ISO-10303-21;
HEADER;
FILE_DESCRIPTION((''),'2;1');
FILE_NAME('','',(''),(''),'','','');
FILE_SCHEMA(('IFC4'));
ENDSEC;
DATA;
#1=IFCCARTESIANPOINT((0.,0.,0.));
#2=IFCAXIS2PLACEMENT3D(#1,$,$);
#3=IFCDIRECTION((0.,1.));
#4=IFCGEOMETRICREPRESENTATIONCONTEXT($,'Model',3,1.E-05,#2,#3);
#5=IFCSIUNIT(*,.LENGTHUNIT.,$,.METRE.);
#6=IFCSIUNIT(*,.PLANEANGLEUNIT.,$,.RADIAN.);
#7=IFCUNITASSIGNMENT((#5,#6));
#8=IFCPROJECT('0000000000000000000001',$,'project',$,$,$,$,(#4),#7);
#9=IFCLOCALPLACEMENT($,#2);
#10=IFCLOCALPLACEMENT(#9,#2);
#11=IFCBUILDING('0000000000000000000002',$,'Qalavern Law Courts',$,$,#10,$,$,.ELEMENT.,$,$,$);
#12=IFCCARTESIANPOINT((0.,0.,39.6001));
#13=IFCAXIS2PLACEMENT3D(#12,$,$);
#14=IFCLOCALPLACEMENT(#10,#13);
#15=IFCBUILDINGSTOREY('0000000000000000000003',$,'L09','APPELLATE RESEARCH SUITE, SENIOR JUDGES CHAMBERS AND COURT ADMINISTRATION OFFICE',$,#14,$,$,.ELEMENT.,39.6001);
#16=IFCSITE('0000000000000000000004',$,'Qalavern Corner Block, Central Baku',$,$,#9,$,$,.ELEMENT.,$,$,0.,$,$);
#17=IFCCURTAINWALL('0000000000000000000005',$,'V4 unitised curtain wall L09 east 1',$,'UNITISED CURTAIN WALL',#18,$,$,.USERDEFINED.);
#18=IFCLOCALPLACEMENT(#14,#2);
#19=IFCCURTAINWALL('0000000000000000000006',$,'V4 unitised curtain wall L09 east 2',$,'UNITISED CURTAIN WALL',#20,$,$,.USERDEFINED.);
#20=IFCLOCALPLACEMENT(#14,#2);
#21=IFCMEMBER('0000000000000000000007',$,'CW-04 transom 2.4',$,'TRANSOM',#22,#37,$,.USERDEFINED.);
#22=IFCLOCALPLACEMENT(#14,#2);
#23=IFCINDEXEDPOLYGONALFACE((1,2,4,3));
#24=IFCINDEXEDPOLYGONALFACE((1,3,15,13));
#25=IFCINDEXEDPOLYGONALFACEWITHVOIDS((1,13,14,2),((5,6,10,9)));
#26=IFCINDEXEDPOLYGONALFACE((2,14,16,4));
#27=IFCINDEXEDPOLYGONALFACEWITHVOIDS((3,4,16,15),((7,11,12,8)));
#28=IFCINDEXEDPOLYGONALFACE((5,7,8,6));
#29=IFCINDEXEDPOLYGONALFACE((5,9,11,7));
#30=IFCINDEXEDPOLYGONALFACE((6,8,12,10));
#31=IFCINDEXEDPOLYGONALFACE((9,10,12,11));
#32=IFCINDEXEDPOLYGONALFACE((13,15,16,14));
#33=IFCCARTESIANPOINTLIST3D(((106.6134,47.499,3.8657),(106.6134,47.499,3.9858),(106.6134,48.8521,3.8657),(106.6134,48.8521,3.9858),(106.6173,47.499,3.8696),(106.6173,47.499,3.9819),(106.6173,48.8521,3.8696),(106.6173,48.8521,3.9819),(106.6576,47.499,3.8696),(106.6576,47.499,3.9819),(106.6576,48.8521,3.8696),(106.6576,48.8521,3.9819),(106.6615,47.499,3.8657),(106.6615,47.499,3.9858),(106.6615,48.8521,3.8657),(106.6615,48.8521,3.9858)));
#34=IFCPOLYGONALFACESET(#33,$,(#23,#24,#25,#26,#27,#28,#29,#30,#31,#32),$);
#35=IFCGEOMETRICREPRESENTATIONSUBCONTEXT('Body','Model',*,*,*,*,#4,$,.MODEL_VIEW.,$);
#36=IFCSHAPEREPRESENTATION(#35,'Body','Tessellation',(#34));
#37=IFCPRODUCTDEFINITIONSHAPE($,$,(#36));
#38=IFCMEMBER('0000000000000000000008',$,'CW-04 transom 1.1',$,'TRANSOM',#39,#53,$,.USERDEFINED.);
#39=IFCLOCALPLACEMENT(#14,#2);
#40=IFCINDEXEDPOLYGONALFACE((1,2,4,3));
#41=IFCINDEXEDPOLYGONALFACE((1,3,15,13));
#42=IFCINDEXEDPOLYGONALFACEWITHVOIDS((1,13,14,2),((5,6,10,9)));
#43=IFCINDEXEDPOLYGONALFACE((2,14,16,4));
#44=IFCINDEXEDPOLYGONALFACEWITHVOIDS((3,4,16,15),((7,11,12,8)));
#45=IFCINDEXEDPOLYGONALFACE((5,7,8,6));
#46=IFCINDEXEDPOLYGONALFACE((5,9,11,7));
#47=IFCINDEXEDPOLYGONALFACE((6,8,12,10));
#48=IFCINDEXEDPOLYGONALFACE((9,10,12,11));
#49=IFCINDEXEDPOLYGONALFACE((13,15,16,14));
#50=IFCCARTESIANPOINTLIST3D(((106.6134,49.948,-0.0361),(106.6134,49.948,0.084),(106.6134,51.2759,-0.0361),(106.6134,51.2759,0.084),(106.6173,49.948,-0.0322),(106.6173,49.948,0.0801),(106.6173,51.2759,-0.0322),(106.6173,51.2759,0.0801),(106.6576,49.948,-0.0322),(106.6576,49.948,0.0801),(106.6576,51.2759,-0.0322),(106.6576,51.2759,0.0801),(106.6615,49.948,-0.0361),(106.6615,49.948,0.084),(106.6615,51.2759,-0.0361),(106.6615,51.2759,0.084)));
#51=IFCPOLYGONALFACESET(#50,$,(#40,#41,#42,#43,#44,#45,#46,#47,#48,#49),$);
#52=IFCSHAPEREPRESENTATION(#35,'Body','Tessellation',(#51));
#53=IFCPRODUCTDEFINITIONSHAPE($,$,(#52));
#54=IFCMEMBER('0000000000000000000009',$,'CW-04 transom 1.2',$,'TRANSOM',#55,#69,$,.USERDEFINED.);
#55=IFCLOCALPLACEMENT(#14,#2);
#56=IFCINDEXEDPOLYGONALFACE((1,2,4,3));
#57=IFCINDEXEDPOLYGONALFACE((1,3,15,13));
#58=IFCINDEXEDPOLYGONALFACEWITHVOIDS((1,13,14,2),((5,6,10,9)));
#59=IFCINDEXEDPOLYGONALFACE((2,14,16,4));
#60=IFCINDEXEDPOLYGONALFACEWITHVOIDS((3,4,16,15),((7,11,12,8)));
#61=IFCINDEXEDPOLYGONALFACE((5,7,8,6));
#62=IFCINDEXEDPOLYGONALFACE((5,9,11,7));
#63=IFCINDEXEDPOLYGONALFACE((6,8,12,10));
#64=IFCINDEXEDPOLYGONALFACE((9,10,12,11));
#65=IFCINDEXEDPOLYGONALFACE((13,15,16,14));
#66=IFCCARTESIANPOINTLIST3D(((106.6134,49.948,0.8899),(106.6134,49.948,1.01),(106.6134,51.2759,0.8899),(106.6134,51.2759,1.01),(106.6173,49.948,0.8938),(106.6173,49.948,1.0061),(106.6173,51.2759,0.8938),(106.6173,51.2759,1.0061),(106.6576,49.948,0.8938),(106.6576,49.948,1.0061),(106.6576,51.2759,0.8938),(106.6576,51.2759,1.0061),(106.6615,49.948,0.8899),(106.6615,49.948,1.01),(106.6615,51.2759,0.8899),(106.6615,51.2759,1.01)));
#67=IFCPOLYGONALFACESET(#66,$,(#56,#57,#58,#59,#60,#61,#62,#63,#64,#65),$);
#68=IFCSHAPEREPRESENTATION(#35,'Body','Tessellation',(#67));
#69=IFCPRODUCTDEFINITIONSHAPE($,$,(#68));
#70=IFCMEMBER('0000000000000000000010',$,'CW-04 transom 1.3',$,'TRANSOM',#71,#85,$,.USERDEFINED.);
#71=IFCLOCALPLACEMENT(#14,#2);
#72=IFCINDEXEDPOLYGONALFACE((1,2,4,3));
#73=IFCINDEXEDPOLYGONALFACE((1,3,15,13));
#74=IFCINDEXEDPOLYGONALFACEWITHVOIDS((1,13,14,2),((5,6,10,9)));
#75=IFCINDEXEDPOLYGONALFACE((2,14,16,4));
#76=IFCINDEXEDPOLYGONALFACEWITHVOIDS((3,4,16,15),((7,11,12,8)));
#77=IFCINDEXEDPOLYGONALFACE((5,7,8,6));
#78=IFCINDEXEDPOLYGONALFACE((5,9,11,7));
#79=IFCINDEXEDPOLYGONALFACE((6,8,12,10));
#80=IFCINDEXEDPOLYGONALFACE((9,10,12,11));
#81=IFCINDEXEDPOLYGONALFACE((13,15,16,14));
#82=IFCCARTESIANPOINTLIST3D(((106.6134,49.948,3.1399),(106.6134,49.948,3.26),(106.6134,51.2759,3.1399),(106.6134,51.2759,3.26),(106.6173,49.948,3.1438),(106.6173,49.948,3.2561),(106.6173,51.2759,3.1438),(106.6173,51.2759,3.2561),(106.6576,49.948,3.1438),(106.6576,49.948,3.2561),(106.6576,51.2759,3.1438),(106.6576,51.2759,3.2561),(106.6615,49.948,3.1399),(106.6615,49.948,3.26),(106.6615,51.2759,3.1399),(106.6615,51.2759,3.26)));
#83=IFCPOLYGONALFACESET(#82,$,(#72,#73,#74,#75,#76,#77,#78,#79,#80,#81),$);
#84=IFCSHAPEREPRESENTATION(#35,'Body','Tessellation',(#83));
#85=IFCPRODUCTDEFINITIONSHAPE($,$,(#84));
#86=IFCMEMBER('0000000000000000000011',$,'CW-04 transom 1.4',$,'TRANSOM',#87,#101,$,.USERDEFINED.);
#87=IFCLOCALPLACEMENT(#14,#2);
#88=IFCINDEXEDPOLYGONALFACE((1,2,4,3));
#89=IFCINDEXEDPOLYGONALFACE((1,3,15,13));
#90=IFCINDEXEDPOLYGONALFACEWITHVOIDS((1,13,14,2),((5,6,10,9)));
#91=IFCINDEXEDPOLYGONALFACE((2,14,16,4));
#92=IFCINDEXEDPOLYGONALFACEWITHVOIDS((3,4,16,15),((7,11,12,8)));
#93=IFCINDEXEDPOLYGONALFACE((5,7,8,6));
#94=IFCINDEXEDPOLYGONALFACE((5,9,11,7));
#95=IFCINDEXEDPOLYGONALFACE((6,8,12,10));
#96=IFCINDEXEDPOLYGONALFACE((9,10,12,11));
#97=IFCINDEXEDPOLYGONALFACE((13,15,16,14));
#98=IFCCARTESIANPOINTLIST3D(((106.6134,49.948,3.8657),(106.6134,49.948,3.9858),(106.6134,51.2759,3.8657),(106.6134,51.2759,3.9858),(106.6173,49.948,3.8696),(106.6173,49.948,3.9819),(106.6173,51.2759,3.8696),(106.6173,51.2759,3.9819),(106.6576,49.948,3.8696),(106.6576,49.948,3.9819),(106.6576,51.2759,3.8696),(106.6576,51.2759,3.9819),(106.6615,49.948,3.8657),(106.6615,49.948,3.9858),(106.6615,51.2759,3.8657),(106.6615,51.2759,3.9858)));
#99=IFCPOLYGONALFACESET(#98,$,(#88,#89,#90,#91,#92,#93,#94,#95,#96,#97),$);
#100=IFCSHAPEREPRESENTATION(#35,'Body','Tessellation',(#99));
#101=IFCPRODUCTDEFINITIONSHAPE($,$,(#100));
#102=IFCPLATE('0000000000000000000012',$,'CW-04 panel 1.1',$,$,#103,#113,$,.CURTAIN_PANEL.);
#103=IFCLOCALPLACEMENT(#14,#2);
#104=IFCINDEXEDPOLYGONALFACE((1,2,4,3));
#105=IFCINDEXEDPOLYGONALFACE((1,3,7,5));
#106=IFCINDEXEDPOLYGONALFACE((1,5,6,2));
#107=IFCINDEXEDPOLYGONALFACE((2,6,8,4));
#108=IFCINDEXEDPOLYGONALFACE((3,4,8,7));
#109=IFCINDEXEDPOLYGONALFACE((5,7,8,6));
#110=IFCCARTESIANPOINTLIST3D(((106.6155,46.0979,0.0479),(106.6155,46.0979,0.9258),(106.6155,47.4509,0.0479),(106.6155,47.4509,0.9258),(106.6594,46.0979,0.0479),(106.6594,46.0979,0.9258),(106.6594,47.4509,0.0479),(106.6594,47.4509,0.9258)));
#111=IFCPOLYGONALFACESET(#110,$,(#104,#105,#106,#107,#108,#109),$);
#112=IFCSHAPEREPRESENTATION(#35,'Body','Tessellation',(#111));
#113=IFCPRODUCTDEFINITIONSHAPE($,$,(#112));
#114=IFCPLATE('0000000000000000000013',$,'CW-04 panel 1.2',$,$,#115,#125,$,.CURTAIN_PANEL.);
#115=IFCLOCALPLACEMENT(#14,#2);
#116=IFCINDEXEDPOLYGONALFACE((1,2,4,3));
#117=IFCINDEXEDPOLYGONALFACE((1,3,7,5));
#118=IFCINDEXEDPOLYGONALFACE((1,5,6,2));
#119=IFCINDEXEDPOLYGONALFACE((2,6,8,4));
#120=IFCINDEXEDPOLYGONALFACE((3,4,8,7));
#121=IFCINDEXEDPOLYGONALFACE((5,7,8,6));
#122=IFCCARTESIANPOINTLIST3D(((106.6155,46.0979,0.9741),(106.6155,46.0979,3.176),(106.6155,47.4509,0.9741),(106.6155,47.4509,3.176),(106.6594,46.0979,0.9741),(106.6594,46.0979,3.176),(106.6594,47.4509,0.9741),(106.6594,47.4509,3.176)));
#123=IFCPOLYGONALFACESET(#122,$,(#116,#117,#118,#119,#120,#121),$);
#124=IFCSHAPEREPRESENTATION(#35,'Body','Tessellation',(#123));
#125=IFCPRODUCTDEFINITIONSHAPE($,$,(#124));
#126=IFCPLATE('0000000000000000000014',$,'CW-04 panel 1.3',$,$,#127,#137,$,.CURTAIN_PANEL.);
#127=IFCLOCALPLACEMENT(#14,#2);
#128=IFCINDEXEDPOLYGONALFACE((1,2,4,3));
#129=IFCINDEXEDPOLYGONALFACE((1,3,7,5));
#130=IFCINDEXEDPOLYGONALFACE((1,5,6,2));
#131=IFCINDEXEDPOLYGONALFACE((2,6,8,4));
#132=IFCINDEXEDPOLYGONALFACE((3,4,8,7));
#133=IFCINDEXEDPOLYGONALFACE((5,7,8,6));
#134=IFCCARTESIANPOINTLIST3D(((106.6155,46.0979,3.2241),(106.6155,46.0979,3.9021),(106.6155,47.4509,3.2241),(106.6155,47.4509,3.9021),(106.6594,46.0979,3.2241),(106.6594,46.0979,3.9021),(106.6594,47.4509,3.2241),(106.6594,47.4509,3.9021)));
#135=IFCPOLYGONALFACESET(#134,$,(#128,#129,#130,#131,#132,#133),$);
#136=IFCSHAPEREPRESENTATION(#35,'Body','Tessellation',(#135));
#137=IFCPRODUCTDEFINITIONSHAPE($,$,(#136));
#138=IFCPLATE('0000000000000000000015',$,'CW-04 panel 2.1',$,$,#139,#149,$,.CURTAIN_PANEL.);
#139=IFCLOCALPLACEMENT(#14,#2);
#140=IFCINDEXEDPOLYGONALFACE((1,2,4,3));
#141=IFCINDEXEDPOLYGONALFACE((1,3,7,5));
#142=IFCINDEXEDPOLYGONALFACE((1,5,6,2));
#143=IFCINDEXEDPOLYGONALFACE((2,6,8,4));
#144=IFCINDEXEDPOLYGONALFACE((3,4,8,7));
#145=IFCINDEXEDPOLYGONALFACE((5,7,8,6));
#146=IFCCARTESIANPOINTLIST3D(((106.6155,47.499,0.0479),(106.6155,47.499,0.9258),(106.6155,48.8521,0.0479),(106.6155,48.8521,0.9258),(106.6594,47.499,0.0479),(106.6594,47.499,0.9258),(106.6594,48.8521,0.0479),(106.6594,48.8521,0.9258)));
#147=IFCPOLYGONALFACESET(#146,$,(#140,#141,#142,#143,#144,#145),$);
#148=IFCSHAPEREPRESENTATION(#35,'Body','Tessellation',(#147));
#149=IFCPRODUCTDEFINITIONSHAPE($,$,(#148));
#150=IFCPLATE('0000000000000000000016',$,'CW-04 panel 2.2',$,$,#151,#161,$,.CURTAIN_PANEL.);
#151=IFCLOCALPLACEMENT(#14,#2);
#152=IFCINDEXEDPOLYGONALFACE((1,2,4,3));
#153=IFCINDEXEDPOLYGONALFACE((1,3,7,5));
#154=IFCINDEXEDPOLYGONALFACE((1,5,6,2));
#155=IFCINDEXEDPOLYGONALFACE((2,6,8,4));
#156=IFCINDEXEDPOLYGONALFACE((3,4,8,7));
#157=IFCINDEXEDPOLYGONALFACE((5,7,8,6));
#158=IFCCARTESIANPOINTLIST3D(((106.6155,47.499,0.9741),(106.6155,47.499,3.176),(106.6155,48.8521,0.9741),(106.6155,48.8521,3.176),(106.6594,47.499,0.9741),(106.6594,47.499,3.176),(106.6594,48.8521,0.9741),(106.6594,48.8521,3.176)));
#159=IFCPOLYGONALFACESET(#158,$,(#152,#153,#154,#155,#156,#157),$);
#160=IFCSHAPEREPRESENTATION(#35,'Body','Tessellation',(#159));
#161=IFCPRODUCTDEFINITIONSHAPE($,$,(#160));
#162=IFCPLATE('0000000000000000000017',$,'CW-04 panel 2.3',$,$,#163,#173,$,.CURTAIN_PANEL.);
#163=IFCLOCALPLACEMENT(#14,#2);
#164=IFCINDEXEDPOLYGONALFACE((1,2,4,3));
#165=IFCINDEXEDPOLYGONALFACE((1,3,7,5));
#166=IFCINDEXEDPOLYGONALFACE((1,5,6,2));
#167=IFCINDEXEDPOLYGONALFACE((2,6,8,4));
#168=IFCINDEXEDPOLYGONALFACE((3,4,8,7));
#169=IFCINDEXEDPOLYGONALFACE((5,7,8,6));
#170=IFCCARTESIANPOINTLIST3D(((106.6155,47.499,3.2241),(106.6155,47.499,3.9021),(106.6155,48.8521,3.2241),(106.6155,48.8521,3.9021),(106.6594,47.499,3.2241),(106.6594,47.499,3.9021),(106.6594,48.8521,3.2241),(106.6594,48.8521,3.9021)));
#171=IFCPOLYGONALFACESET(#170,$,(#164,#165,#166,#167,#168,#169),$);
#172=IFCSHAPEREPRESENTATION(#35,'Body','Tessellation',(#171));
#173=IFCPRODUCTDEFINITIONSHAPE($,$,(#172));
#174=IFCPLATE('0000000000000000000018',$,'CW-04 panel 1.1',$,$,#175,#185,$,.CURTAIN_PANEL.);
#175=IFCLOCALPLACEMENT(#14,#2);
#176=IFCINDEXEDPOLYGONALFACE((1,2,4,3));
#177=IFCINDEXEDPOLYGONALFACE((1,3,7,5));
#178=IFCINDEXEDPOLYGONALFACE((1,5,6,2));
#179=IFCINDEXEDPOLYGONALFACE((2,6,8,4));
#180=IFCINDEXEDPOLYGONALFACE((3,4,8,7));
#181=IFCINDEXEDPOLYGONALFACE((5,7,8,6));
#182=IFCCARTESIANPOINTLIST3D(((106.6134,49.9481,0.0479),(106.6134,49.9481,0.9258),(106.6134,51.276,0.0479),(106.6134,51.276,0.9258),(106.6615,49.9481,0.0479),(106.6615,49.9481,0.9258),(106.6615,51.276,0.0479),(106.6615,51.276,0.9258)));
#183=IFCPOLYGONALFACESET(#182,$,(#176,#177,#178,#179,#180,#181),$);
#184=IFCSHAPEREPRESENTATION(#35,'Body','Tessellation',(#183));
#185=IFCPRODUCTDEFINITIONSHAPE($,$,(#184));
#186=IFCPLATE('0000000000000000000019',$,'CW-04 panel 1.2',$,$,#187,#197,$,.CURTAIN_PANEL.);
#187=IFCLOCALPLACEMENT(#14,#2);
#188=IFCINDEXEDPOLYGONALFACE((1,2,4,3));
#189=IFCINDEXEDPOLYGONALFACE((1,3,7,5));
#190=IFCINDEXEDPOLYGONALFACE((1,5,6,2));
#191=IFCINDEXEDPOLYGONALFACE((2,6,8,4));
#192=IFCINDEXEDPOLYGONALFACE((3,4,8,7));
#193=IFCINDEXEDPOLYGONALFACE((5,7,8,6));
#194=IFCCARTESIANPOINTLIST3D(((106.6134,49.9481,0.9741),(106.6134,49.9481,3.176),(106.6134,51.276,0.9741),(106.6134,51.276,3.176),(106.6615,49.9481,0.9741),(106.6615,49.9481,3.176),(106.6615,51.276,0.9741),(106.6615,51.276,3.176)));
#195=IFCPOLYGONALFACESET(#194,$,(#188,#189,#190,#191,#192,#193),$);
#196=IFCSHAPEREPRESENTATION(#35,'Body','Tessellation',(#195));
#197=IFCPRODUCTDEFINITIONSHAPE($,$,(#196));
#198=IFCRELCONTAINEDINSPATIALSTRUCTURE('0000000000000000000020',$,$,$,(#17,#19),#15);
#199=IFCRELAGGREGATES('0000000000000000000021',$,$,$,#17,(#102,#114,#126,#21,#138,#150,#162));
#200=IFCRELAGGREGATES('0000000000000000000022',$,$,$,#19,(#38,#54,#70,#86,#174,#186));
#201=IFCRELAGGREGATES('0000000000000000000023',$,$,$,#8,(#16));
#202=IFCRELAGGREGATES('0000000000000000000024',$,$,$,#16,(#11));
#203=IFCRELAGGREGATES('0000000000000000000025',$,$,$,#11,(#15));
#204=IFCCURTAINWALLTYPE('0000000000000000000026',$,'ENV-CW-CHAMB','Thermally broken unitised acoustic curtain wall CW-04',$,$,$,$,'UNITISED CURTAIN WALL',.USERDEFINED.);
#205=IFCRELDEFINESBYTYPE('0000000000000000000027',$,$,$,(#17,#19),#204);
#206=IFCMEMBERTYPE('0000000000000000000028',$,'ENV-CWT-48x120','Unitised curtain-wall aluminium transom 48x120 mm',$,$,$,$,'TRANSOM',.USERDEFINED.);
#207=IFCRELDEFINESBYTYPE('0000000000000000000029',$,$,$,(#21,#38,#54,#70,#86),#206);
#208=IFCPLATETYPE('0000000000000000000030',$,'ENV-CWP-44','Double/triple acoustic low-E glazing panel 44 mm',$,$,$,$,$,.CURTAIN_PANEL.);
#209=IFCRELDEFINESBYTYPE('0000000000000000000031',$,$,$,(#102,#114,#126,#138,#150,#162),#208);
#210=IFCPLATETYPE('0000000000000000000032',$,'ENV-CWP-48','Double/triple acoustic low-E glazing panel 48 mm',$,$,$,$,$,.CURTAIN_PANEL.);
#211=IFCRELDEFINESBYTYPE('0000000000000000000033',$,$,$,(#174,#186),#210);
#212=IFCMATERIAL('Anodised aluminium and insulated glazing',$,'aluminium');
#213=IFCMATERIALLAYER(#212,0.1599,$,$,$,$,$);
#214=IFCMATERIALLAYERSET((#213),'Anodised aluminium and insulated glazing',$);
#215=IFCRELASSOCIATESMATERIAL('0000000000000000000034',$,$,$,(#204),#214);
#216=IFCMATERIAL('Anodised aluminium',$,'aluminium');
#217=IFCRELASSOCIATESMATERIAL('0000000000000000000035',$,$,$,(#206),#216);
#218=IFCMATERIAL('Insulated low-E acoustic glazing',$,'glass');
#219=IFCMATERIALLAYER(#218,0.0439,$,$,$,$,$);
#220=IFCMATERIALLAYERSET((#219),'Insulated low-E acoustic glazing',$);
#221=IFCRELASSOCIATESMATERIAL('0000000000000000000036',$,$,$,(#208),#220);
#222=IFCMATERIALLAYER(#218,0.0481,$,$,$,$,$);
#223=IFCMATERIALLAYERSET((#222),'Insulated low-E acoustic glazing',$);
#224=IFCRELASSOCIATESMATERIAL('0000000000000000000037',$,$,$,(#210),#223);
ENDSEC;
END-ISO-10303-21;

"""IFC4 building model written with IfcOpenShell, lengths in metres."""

from ifc_helpers import new_model, si_unit, direction, frame, origin, origin_2d, place, context, subcontext, project, spatial, rectangle, hollow_rectangle, extrude, material, layer, layer_set, material_profile, profile_set, type_object, element, aggregate, save


model = new_model("IFC4")

# Units and contexts
model_context = context("Model", 3, precision=1e-05, world=origin(), true_north=direction((0.0, 1.0)))
body_context = subcontext(model_context, "Body", "Model", "MODEL_VIEW")
ifc_project = project(units=[si_unit("LENGTHUNIT", "METRE"), si_unit("PLANEANGLEUNIT", "RADIAN")], contexts=[model_context])

# Site, building, storey
site_placement = place(None, origin())
site = spatial("IfcSite", under=ifc_project, at=site_placement, Name="Qalavern Corner Block, Central Baku", CompositionType="ELEMENT", RefElevation=0.0)
building_placement = place(site_placement, origin())
building = spatial("IfcBuilding", under=site, at=building_placement, Name="Qalavern Law Courts", CompositionType="ELEMENT")
storey_placement = place(building_placement, frame((0.0, 0.0, 39.6001)))
storey = spatial("IfcBuildingStorey", under=building, at=storey_placement, Name="L09", Description="APPELLATE RESEARCH SUITE, SENIOR JUDGES CHAMBERS AND COURT ADMINISTRATION OFFICE", CompositionType="ELEMENT", Elevation=39.6001)

# Curtain wall
ifc_material_1 = material(Name="Anodised aluminium and insulated glazing", Category="aluminium")
ifc_layer_1 = layer(ifc_material_1, 0.1599)
ifc_layer_set_1 = layer_set([ifc_layer_1], Name="Anodised aluminium and insulated glazing")
curtain_wall_type = type_object("IfcCurtainWallType", Name="ENV-CW-CHAMB", Description="Thermally broken unitised acoustic curtain wall CW-04", ElementType="UNITISED CURTAIN WALL", PredefinedType="USERDEFINED", material=ifc_layer_set_1)
curtain_wall_1_placement = place(storey_placement, origin())
curtain_wall_1 = element("IfcCurtainWall", 1, at=curtain_wall_1_placement, inside=storey, type_object=curtain_wall_type, Name="V4 unitised curtain wall L09 east 1", ObjectType="UNITISED CURTAIN WALL", PredefinedType="USERDEFINED")
ifc_material_2 = material(Name="Anodised aluminium", Category="aluminium")

# Curtain wall
curtain_wall_2_placement = place(storey_placement, origin())
curtain_wall_2 = element("IfcCurtainWall", 2, at=curtain_wall_2_placement, inside=storey, type_object=curtain_wall_type, Name="V4 unitised curtain wall L09 east 2", ObjectType="UNITISED CURTAIN WALL", PredefinedType="USERDEFINED")

# Members
ifc_material_profile_1 = material_profile(ifc_material_2, hollow_rectangle(XDim=0.0481, YDim=0.1201, WallThickness=0.0039, at=origin_2d()), Name="ALU TRANSOM 48x120")
ifc_profile_set_1 = profile_set([ifc_material_profile_1], Name="Anodised aluminium")
member_type_1 = type_object("IfcMemberType", Name="ENV-CWT-48x120", Description="Unitised curtain-wall aluminium transom 48x120 mm", ElementType="TRANSOM", PredefinedType="USERDEFINED", material=ifc_profile_set_1)
member_1_placement = place(storey_placement, frame((106.6375, 47.499, 3.9258), z_axis=(0.0, 1.0, 0.0), x_axis=(-1.0, 0.0, 0.0)))
member_1 = element("IfcMember", 3, at=member_1_placement, type_object=member_type_1, Name="CW-04 transom 2.4", ObjectType="TRANSOM", PredefinedType="USERDEFINED", context=body_context, shape_type="SweptSolid", body=[
    extrude(hollow_rectangle(XDim=0.0481, YDim=0.1201, WallThickness=0.0039, at=origin_2d()), origin(), (0.0, 0.0, 1.0), 1.353),
])
member_2_placement = place(storey_placement, frame((106.6375, 49.948, 0.0239), z_axis=(0.0, 1.0, 0.0), x_axis=(-1.0, 0.0, 0.0)))
member_2 = element("IfcMember", 4, at=member_2_placement, type_object=member_type_1, Name="CW-04 transom 1.1", ObjectType="TRANSOM", PredefinedType="USERDEFINED", context=body_context, shape_type="SweptSolid", body=[
    extrude(hollow_rectangle(XDim=0.0481, YDim=0.1201, WallThickness=0.0039, at=origin_2d()), origin(), (0.0, 0.0, 1.0), 1.3279),
])
member_3_placement = place(storey_placement, frame((106.6375, 49.948, 0.95), z_axis=(0.0, 1.0, 0.0), x_axis=(-1.0, 0.0, 0.0)))
member_3 = element("IfcMember", 5, at=member_3_placement, type_object=member_type_1, Name="CW-04 transom 1.2", ObjectType="TRANSOM", PredefinedType="USERDEFINED", context=body_context, shape_type="SweptSolid", body=[
    extrude(hollow_rectangle(XDim=0.0481, YDim=0.1201, WallThickness=0.0039, at=origin_2d()), origin(), (0.0, 0.0, 1.0), 1.3279),
])
member_4_placement = place(storey_placement, frame((106.6375, 49.948, 3.2), z_axis=(0.0, 1.0, 0.0), x_axis=(-1.0, 0.0, 0.0)))
member_4 = element("IfcMember", 6, at=member_4_placement, type_object=member_type_1, Name="CW-04 transom 1.3", ObjectType="TRANSOM", PredefinedType="USERDEFINED", context=body_context, shape_type="SweptSolid", body=[
    extrude(hollow_rectangle(XDim=0.0481, YDim=0.1201, WallThickness=0.0039, at=origin_2d()), origin(), (0.0, 0.0, 1.0), 1.3279),
])
member_5_placement = place(storey_placement, frame((106.6375, 49.948, 3.9258), z_axis=(0.0, 1.0, 0.0), x_axis=(-1.0, 0.0, 0.0)))
member_5 = element("IfcMember", 7, at=member_5_placement, type_object=member_type_1, Name="CW-04 transom 1.4", ObjectType="TRANSOM", PredefinedType="USERDEFINED", context=body_context, shape_type="SweptSolid", body=[
    extrude(hollow_rectangle(XDim=0.0481, YDim=0.1201, WallThickness=0.0039, at=origin_2d()), origin(), (0.0, 0.0, 1.0), 1.3279),
])

# Plates
ifc_material_3 = material(Name="Insulated low-E acoustic glazing", Category="glass")
ifc_layer_2 = layer(ifc_material_3, 0.0439)
ifc_layer_set_2 = layer_set([ifc_layer_2], Name="Insulated low-E acoustic glazing")
plate_type_1 = type_object("IfcPlateType", Name="ENV-CWP-44", Description="Double/triple acoustic low-E glazing panel 44 mm", PredefinedType="CURTAIN_PANEL", material=ifc_layer_set_2)
plate_1_placement = place(storey_placement, frame((106.6375, 46.7744, 0.0479), z_axis=(0.0, 0.0, 1.0), x_axis=(0.0, 1.0, 0.0)))
plate_1 = element("IfcPlate", 8, at=plate_1_placement, type_object=plate_type_1, Name="CW-04 panel 1.1", PredefinedType="CURTAIN_PANEL", context=body_context, shape_type="SweptSolid", body=[
    extrude(rectangle(XDim=1.353, YDim=0.0439, at=origin_2d()), origin(), (0.0, 0.0, 1.0), 0.8779),
])
plate_2_placement = place(storey_placement, frame((106.6375, 46.7744, 0.9741), z_axis=(0.0, 0.0, 1.0), x_axis=(0.0, 1.0, 0.0)))
plate_2 = element("IfcPlate", 9, at=plate_2_placement, type_object=plate_type_1, Name="CW-04 panel 1.2", PredefinedType="CURTAIN_PANEL", context=body_context, shape_type="SweptSolid", body=[
    extrude(rectangle(XDim=1.353, YDim=0.0439, at=origin_2d()), origin(), (0.0, 0.0, 1.0), 2.2019),
])
plate_3_placement = place(storey_placement, frame((106.6375, 46.7744, 3.2241), z_axis=(0.0, 0.0, 1.0), x_axis=(0.0, 1.0, 0.0)))
plate_3 = element("IfcPlate", 10, at=plate_3_placement, type_object=plate_type_1, Name="CW-04 panel 1.3", PredefinedType="CURTAIN_PANEL", context=body_context, shape_type="SweptSolid", body=[
    extrude(rectangle(XDim=1.353, YDim=0.0439, at=origin_2d()), origin(), (0.0, 0.0, 1.0), 0.678),
])
plate_4_placement = place(storey_placement, frame((106.6375, 48.1755, 0.0479), z_axis=(0.0, 0.0, 1.0), x_axis=(0.0, 1.0, 0.0)))
plate_4 = element("IfcPlate", 11, at=plate_4_placement, type_object=plate_type_1, Name="CW-04 panel 2.1", PredefinedType="CURTAIN_PANEL", context=body_context, shape_type="SweptSolid", body=[
    extrude(rectangle(XDim=1.353, YDim=0.0439, at=origin_2d()), origin(), (0.0, 0.0, 1.0), 0.8779),
])
plate_5_placement = place(storey_placement, frame((106.6375, 48.1755, 0.9741), z_axis=(0.0, 0.0, 1.0), x_axis=(0.0, 1.0, 0.0)))
plate_5 = element("IfcPlate", 12, at=plate_5_placement, type_object=plate_type_1, Name="CW-04 panel 2.2", PredefinedType="CURTAIN_PANEL", context=body_context, shape_type="SweptSolid", body=[
    extrude(rectangle(XDim=1.353, YDim=0.0439, at=origin_2d()), origin(), (0.0, 0.0, 1.0), 2.2019),
])
plate_6_placement = place(storey_placement, frame((106.6375, 48.1755, 3.2241), z_axis=(0.0, 0.0, 1.0), x_axis=(0.0, 1.0, 0.0)))
plate_6 = element("IfcPlate", 13, at=plate_6_placement, type_object=plate_type_1, Name="CW-04 panel 2.3", PredefinedType="CURTAIN_PANEL", context=body_context, shape_type="SweptSolid", body=[
    extrude(rectangle(XDim=1.353, YDim=0.0439, at=origin_2d()), origin(), (0.0, 0.0, 1.0), 0.678),
])
aggregate(curtain_wall_1, [plate_1, plate_2, plate_3, member_1, plate_4, plate_5, plate_6])
ifc_layer_3 = layer(ifc_material_3, 0.0481)
ifc_layer_set_3 = layer_set([ifc_layer_3], Name="Insulated low-E acoustic glazing")
plate_type_2 = type_object("IfcPlateType", Name="ENV-CWP-48", Description="Double/triple acoustic low-E glazing panel 48 mm", PredefinedType="CURTAIN_PANEL", material=ifc_layer_set_3)
plate_7_placement = place(storey_placement, frame((106.6375, 50.6121, 0.0479), z_axis=(0.0, 0.0, 1.0), x_axis=(0.0, 1.0, 0.0)))
plate_7 = element("IfcPlate", 14, at=plate_7_placement, type_object=plate_type_2, Name="CW-04 panel 1.1", PredefinedType="CURTAIN_PANEL", context=body_context, shape_type="SweptSolid", body=[
    extrude(rectangle(XDim=1.3279, YDim=0.0481, at=origin_2d()), origin(), (0.0, 0.0, 1.0), 0.8779),
])
plate_8_placement = place(storey_placement, frame((106.6375, 50.6121, 0.9741), z_axis=(0.0, 0.0, 1.0), x_axis=(0.0, 1.0, 0.0)))
plate_8 = element("IfcPlate", 15, at=plate_8_placement, type_object=plate_type_2, Name="CW-04 panel 1.2", PredefinedType="CURTAIN_PANEL", context=body_context, shape_type="SweptSolid", body=[
    extrude(rectangle(XDim=1.3279, YDim=0.0481, at=origin_2d()), origin(), (0.0, 0.0, 1.0), 2.2019),
])
aggregate(curtain_wall_2, [member_2, member_3, member_4, member_5, plate_7, plate_8])

save(model, "model.ifc")
